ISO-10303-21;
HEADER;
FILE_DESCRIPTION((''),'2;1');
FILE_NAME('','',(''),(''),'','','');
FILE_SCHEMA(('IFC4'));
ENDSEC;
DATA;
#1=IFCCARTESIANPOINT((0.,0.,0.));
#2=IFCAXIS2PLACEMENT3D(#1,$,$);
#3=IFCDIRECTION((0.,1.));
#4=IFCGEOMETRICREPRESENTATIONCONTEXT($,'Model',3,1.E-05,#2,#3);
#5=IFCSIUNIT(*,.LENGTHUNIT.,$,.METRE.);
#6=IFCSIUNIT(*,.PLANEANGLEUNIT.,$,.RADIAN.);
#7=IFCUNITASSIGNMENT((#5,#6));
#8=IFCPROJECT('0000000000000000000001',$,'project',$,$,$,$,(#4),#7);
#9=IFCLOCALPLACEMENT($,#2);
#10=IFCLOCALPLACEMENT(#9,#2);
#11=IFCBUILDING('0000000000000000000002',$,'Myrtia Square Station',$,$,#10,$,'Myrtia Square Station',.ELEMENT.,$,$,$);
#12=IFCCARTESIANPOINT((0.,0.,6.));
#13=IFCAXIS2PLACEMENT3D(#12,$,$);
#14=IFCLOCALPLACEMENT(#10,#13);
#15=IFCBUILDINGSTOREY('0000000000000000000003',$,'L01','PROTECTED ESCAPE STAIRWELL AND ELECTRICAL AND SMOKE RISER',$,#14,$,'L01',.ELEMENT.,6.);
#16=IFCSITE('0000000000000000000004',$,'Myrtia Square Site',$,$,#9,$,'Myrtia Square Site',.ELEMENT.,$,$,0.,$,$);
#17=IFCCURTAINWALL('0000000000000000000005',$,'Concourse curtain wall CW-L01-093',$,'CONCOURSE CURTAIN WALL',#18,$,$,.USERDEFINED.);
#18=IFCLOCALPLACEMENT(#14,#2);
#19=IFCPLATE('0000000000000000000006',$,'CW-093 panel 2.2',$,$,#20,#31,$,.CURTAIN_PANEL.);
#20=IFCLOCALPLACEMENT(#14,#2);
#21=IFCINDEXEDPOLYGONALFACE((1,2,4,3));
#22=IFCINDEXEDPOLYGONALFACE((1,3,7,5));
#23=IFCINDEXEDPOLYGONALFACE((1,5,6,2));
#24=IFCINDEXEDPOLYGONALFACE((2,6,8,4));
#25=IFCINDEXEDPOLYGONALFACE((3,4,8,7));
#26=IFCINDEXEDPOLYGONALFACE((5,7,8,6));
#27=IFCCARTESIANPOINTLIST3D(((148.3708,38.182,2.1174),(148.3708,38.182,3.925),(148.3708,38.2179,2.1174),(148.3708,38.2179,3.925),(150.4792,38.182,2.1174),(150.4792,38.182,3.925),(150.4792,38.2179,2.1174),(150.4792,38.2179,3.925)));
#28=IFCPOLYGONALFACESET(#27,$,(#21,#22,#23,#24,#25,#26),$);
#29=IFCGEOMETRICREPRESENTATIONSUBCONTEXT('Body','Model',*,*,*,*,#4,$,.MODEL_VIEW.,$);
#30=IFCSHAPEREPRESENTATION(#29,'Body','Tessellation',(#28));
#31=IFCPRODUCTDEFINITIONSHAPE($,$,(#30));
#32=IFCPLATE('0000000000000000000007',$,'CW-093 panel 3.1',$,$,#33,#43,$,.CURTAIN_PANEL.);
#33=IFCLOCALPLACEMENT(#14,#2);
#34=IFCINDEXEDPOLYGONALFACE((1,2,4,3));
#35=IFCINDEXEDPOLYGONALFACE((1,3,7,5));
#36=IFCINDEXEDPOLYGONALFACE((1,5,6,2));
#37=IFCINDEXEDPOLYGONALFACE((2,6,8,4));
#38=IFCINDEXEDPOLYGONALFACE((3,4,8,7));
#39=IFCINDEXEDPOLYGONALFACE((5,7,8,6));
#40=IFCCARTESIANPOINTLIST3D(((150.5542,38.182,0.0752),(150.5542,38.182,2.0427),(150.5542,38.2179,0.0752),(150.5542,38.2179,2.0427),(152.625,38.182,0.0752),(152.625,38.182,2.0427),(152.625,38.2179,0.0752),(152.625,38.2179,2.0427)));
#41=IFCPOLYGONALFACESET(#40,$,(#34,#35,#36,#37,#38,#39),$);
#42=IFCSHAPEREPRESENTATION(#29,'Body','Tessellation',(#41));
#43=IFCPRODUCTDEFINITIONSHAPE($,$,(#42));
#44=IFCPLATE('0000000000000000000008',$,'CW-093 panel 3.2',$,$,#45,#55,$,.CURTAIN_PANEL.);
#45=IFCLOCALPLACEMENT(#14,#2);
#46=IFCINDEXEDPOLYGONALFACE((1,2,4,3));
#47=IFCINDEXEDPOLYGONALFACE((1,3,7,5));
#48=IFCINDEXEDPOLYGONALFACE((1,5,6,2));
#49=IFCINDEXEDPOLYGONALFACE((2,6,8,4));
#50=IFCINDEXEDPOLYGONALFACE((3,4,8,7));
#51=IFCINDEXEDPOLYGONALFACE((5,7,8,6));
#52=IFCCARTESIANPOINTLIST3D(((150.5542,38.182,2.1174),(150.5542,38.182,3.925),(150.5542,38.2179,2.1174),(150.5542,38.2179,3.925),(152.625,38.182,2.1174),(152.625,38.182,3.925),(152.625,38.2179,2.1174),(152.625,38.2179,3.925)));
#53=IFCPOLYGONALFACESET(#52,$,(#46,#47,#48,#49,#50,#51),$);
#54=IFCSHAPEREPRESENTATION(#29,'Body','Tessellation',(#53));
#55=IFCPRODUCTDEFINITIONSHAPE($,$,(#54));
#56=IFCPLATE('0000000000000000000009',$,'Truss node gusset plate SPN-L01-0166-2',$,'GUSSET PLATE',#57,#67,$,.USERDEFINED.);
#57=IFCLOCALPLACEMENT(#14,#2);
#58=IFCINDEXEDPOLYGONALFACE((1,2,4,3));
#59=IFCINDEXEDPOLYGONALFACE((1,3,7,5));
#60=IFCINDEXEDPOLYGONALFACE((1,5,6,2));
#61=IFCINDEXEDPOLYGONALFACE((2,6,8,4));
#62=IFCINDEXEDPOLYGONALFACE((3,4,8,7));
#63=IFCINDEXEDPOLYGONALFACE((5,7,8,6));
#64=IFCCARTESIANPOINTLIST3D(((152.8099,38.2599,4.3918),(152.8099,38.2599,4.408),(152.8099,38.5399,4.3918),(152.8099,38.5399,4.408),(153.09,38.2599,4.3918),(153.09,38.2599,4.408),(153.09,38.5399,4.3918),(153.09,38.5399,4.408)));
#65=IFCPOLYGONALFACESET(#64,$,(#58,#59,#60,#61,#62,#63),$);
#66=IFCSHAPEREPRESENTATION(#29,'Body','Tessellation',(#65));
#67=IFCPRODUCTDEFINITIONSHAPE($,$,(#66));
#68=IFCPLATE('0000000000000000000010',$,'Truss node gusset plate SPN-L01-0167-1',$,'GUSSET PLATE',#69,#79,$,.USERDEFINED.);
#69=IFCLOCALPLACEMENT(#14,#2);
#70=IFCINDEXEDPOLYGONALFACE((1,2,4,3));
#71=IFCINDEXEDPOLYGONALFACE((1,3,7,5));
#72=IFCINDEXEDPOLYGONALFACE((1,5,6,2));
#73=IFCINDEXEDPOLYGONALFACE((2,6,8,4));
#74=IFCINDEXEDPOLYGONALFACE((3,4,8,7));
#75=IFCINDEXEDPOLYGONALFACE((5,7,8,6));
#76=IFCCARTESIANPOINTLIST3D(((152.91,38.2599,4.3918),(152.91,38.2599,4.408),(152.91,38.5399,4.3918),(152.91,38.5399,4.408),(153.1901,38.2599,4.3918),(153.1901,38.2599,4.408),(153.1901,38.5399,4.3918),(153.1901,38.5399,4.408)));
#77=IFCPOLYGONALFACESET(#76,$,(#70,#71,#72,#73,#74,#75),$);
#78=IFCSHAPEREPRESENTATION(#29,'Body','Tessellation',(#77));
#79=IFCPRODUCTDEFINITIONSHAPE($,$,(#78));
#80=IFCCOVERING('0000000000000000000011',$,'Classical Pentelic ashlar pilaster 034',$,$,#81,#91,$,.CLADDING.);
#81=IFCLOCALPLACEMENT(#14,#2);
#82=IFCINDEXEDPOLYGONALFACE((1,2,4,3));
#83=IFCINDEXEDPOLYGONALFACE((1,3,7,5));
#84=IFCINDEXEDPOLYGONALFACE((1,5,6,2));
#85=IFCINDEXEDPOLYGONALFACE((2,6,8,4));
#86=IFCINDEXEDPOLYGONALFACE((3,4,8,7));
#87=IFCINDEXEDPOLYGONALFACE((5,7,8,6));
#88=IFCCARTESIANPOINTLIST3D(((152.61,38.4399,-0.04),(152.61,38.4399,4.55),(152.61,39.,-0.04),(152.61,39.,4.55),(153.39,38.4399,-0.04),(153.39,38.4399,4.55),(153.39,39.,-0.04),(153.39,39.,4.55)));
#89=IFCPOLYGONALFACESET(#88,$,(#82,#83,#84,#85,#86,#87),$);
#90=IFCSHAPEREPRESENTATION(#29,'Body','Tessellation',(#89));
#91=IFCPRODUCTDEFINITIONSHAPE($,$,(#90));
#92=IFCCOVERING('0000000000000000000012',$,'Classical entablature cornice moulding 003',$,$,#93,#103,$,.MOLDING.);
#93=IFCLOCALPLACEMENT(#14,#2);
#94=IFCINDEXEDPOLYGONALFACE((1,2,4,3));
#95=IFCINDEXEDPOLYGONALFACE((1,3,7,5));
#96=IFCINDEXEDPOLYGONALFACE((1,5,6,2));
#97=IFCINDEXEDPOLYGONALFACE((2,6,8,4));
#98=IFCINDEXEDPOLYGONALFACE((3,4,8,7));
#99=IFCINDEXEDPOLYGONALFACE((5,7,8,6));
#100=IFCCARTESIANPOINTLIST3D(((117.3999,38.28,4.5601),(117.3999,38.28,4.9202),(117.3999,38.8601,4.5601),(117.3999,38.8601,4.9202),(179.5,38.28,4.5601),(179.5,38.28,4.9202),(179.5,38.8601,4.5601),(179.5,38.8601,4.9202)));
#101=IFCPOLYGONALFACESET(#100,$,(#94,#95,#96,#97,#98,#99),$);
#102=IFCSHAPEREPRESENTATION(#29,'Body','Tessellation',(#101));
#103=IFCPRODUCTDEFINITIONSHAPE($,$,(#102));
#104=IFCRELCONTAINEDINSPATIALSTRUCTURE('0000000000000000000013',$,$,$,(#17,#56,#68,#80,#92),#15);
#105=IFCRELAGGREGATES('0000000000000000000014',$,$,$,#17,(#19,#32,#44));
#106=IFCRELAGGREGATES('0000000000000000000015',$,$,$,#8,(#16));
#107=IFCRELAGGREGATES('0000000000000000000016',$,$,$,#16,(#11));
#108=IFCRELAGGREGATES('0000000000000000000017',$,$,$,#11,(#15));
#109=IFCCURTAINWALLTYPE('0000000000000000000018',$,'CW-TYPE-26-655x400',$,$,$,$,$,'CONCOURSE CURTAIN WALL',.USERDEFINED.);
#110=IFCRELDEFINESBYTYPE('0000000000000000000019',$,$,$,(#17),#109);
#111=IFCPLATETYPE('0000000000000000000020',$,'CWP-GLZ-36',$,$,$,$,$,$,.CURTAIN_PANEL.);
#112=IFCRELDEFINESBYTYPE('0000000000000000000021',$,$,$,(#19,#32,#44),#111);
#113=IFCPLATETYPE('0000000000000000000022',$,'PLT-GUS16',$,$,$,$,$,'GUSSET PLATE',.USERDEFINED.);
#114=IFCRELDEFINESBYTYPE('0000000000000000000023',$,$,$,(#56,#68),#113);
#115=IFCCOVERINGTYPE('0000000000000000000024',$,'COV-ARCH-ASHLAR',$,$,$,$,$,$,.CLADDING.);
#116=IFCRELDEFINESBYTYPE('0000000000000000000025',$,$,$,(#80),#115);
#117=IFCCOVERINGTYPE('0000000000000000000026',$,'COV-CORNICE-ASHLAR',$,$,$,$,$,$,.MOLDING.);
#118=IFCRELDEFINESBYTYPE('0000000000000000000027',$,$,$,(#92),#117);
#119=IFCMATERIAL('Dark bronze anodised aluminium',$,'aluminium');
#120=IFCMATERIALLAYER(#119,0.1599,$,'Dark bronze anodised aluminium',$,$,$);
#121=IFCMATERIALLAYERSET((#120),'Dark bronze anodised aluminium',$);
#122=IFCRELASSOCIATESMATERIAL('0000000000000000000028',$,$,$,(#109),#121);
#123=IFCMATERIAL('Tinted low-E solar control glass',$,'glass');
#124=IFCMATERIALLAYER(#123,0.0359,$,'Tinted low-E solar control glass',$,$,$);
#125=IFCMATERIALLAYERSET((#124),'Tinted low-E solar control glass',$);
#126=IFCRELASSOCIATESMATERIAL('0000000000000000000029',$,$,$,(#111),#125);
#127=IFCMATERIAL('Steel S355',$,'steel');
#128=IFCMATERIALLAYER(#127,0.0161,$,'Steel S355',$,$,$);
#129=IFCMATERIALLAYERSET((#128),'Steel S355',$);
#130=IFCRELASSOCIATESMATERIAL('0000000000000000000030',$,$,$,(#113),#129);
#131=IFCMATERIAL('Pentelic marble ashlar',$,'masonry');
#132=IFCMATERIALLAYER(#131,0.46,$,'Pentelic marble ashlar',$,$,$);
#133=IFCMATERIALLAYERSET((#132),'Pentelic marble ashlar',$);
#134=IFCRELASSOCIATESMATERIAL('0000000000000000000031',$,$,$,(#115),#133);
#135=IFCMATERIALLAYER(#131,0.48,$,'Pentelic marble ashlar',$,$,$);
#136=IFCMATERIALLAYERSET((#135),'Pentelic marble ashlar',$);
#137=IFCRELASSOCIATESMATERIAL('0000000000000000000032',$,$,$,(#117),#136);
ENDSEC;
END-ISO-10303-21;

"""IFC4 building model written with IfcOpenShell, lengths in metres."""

from ifc_helpers import new_model, si_unit, direction, frame, origin, origin_2d, place, context, subcontext, project, spatial, rectangle, extrude, material, layer, layer_set, type_object, element, aggregate, save


model = new_model("IFC4")

# Units and contexts
model_context = context("Model", 3, precision=1e-05, world=origin(), true_north=direction((0.0, 1.0)))
body_context = subcontext(model_context, "Body", "Model", "MODEL_VIEW")
ifc_project = project(units=[si_unit("LENGTHUNIT", "METRE"), si_unit("PLANEANGLEUNIT", "RADIAN")], contexts=[model_context])

# Site, building, storey
site_placement = place(None, origin())
site = spatial("IfcSite", under=ifc_project, at=site_placement, Name="Myrtia Square Site", LongName="Myrtia Square Site", CompositionType="ELEMENT", RefElevation=0.0)
building_placement = place(site_placement, origin())
building = spatial("IfcBuilding", under=site, at=building_placement, Name="Myrtia Square Station", LongName="Myrtia Square Station", CompositionType="ELEMENT")
storey_placement = place(building_placement, frame((0.0, 0.0, 6.0)))
storey = spatial("IfcBuildingStorey", under=building, at=storey_placement, Name="L01", Description="PROTECTED ESCAPE STAIRWELL AND ELECTRICAL AND SMOKE RISER", LongName="L01", CompositionType="ELEMENT", Elevation=6.0)

# Shared definitions
ifc_material_1 = material(Name="Steel S355", Category="steel")

# Curtain wall
ifc_material_2 = material(Name="Dark bronze anodised aluminium", Category="aluminium")
ifc_layer_1 = layer(ifc_material_2, 0.1599, Name="Dark bronze anodised aluminium")
ifc_layer_set_1 = layer_set([ifc_layer_1], Name="Dark bronze anodised aluminium")
curtain_wall_type = type_object("IfcCurtainWallType", Name="CW-TYPE-26-655x400", ElementType="CONCOURSE CURTAIN WALL", PredefinedType="USERDEFINED", material=ifc_layer_set_1)
curtain_wall_placement = place(storey_placement, origin())
curtain_wall = element("IfcCurtainWall", 1, at=curtain_wall_placement, inside=storey, type_object=curtain_wall_type, Name="Concourse curtain wall CW-L01-093", ObjectType="CONCOURSE CURTAIN WALL", PredefinedType="USERDEFINED")

# Plates
ifc_material_3 = material(Name="Tinted low-E solar control glass", Category="glass")
ifc_layer_2 = layer(ifc_material_3, 0.0359, Name="Tinted low-E solar control glass")
ifc_layer_set_2 = layer_set([ifc_layer_2], Name="Tinted low-E solar control glass")
plate_type_1 = type_object("IfcPlateType", Name="CWP-GLZ-36", PredefinedType="CURTAIN_PANEL", material=ifc_layer_set_2)
plate_1_placement = place(storey_placement, frame((149.425, 38.2, 2.1174), z_axis=(0.0, 0.0, 1.0), x_axis=(1.0, 0.0, 0.0)))
plate_1 = element("IfcPlate", 2, at=plate_1_placement, type_object=plate_type_1, Name="CW-093 panel 2.2", PredefinedType="CURTAIN_PANEL", context=body_context, shape_type="SweptSolid", body=[
    extrude(rectangle(XDim=2.1084, YDim=0.0359, at=origin_2d()), origin(), (0.0, 0.0, 1.0), 1.8076),
])
plate_2_placement = place(storey_placement, frame((151.5896, 38.2, 0.0752), z_axis=(0.0, 0.0, 1.0), x_axis=(1.0, 0.0, 0.0)))
plate_2 = element("IfcPlate", 3, at=plate_2_placement, type_object=plate_type_1, Name="CW-093 panel 3.1", PredefinedType="CURTAIN_PANEL", context=body_context, shape_type="SweptSolid", body=[
    extrude(rectangle(XDim=2.0708, YDim=0.0359, at=origin_2d()), origin(), (0.0, 0.0, 1.0), 1.9675),
])
plate_3_placement = place(storey_placement, frame((151.5896, 38.2, 2.1174), z_axis=(0.0, 0.0, 1.0), x_axis=(1.0, 0.0, 0.0)))
plate_3 = element("IfcPlate", 4, at=plate_3_placement, type_object=plate_type_1, Name="CW-093 panel 3.2", PredefinedType="CURTAIN_PANEL", context=body_context, shape_type="SweptSolid", body=[
    extrude(rectangle(XDim=2.0708, YDim=0.0359, at=origin_2d()), origin(), (0.0, 0.0, 1.0), 1.8076),
])
aggregate(curtain_wall, [plate_1, plate_2, plate_3])

# Plates
ifc_layer_3 = layer(ifc_material_1, 0.0161, Name="Steel S355")
ifc_layer_set_3 = layer_set([ifc_layer_3], Name="Steel S355")
plate_type_2 = type_object("IfcPlateType", Name="PLT-GUS16", ElementType="GUSSET PLATE", PredefinedType="USERDEFINED", material=ifc_layer_set_3)
for number, where, z_axis, x_axis, name in (
    (5, (152.95, 38.3999, 4.3918), (0.0, 0.0, 1.0), (1.0, 0.0, 0.0), "Truss node gusset plate SPN-L01-0166-2"),
    (6, (153.05, 38.3999, 4.3918), (0.0, 0.0, 1.0), (1.0, 0.0, 0.0), "Truss node gusset plate SPN-L01-0167-1"),
):
    element("IfcPlate", number, at=place(storey_placement, frame(where, z_axis=z_axis, x_axis=x_axis)), inside=storey, type_object=plate_type_2, Name=name, ObjectType="GUSSET PLATE", PredefinedType="USERDEFINED", context=body_context, shape_type="SweptSolid", body=[
        extrude(rectangle(XDim=0.28, YDim=0.28, at=origin_2d()), origin(), (0.0, 0.0, 1.0), 0.0161),
    ])

# Coverings
ifc_material_4 = material(Name="Pentelic marble ashlar", Category="masonry")
ifc_layer_4 = layer(ifc_material_4, 0.46, Name="Pentelic marble ashlar")
ifc_layer_set_4 = layer_set([ifc_layer_4], Name="Pentelic marble ashlar")
covering_type_1 = type_object("IfcCoveringType", Name="COV-ARCH-ASHLAR", PredefinedType="CLADDING", material=ifc_layer_set_4)
covering_1_placement = place(storey_placement, frame((153.0, 38.72, -0.04), z_axis=(0.0, 0.0, 1.0), x_axis=(1.0, 0.0, 0.0)))
element("IfcCovering", 7, at=covering_1_placement, inside=storey, type_object=covering_type_1, Name="Classical Pentelic ashlar pilaster 034", PredefinedType="CLADDING", context=body_context, shape_type="SweptSolid", body=[
    extrude(rectangle(XDim=0.78, YDim=0.5601, at=origin_2d()), origin(), (0.0, 0.0, 1.0), 4.5901),
])
ifc_layer_5 = layer(ifc_material_4, 0.48, Name="Pentelic marble ashlar")
ifc_layer_set_5 = layer_set([ifc_layer_5], Name="Pentelic marble ashlar")
covering_type_2 = type_object("IfcCoveringType", Name="COV-CORNICE-ASHLAR", PredefinedType="MOLDING", material=ifc_layer_set_5)
covering_2_placement = place(storey_placement, frame((148.45, 38.5701, 4.5601), z_axis=(0.0, 0.0, 1.0), x_axis=(1.0, 0.0, 0.0)))
element("IfcCovering", 8, at=covering_2_placement, inside=storey, type_object=covering_type_2, Name="Classical entablature cornice moulding 003", PredefinedType="MOLDING", context=body_context, shape_type="SweptSolid", body=[
    extrude(rectangle(XDim=62.1001, YDim=0.5801, at=origin_2d()), origin(), (0.0, 0.0, 1.0), 0.3601),
])

save(model, "model.ifc")
